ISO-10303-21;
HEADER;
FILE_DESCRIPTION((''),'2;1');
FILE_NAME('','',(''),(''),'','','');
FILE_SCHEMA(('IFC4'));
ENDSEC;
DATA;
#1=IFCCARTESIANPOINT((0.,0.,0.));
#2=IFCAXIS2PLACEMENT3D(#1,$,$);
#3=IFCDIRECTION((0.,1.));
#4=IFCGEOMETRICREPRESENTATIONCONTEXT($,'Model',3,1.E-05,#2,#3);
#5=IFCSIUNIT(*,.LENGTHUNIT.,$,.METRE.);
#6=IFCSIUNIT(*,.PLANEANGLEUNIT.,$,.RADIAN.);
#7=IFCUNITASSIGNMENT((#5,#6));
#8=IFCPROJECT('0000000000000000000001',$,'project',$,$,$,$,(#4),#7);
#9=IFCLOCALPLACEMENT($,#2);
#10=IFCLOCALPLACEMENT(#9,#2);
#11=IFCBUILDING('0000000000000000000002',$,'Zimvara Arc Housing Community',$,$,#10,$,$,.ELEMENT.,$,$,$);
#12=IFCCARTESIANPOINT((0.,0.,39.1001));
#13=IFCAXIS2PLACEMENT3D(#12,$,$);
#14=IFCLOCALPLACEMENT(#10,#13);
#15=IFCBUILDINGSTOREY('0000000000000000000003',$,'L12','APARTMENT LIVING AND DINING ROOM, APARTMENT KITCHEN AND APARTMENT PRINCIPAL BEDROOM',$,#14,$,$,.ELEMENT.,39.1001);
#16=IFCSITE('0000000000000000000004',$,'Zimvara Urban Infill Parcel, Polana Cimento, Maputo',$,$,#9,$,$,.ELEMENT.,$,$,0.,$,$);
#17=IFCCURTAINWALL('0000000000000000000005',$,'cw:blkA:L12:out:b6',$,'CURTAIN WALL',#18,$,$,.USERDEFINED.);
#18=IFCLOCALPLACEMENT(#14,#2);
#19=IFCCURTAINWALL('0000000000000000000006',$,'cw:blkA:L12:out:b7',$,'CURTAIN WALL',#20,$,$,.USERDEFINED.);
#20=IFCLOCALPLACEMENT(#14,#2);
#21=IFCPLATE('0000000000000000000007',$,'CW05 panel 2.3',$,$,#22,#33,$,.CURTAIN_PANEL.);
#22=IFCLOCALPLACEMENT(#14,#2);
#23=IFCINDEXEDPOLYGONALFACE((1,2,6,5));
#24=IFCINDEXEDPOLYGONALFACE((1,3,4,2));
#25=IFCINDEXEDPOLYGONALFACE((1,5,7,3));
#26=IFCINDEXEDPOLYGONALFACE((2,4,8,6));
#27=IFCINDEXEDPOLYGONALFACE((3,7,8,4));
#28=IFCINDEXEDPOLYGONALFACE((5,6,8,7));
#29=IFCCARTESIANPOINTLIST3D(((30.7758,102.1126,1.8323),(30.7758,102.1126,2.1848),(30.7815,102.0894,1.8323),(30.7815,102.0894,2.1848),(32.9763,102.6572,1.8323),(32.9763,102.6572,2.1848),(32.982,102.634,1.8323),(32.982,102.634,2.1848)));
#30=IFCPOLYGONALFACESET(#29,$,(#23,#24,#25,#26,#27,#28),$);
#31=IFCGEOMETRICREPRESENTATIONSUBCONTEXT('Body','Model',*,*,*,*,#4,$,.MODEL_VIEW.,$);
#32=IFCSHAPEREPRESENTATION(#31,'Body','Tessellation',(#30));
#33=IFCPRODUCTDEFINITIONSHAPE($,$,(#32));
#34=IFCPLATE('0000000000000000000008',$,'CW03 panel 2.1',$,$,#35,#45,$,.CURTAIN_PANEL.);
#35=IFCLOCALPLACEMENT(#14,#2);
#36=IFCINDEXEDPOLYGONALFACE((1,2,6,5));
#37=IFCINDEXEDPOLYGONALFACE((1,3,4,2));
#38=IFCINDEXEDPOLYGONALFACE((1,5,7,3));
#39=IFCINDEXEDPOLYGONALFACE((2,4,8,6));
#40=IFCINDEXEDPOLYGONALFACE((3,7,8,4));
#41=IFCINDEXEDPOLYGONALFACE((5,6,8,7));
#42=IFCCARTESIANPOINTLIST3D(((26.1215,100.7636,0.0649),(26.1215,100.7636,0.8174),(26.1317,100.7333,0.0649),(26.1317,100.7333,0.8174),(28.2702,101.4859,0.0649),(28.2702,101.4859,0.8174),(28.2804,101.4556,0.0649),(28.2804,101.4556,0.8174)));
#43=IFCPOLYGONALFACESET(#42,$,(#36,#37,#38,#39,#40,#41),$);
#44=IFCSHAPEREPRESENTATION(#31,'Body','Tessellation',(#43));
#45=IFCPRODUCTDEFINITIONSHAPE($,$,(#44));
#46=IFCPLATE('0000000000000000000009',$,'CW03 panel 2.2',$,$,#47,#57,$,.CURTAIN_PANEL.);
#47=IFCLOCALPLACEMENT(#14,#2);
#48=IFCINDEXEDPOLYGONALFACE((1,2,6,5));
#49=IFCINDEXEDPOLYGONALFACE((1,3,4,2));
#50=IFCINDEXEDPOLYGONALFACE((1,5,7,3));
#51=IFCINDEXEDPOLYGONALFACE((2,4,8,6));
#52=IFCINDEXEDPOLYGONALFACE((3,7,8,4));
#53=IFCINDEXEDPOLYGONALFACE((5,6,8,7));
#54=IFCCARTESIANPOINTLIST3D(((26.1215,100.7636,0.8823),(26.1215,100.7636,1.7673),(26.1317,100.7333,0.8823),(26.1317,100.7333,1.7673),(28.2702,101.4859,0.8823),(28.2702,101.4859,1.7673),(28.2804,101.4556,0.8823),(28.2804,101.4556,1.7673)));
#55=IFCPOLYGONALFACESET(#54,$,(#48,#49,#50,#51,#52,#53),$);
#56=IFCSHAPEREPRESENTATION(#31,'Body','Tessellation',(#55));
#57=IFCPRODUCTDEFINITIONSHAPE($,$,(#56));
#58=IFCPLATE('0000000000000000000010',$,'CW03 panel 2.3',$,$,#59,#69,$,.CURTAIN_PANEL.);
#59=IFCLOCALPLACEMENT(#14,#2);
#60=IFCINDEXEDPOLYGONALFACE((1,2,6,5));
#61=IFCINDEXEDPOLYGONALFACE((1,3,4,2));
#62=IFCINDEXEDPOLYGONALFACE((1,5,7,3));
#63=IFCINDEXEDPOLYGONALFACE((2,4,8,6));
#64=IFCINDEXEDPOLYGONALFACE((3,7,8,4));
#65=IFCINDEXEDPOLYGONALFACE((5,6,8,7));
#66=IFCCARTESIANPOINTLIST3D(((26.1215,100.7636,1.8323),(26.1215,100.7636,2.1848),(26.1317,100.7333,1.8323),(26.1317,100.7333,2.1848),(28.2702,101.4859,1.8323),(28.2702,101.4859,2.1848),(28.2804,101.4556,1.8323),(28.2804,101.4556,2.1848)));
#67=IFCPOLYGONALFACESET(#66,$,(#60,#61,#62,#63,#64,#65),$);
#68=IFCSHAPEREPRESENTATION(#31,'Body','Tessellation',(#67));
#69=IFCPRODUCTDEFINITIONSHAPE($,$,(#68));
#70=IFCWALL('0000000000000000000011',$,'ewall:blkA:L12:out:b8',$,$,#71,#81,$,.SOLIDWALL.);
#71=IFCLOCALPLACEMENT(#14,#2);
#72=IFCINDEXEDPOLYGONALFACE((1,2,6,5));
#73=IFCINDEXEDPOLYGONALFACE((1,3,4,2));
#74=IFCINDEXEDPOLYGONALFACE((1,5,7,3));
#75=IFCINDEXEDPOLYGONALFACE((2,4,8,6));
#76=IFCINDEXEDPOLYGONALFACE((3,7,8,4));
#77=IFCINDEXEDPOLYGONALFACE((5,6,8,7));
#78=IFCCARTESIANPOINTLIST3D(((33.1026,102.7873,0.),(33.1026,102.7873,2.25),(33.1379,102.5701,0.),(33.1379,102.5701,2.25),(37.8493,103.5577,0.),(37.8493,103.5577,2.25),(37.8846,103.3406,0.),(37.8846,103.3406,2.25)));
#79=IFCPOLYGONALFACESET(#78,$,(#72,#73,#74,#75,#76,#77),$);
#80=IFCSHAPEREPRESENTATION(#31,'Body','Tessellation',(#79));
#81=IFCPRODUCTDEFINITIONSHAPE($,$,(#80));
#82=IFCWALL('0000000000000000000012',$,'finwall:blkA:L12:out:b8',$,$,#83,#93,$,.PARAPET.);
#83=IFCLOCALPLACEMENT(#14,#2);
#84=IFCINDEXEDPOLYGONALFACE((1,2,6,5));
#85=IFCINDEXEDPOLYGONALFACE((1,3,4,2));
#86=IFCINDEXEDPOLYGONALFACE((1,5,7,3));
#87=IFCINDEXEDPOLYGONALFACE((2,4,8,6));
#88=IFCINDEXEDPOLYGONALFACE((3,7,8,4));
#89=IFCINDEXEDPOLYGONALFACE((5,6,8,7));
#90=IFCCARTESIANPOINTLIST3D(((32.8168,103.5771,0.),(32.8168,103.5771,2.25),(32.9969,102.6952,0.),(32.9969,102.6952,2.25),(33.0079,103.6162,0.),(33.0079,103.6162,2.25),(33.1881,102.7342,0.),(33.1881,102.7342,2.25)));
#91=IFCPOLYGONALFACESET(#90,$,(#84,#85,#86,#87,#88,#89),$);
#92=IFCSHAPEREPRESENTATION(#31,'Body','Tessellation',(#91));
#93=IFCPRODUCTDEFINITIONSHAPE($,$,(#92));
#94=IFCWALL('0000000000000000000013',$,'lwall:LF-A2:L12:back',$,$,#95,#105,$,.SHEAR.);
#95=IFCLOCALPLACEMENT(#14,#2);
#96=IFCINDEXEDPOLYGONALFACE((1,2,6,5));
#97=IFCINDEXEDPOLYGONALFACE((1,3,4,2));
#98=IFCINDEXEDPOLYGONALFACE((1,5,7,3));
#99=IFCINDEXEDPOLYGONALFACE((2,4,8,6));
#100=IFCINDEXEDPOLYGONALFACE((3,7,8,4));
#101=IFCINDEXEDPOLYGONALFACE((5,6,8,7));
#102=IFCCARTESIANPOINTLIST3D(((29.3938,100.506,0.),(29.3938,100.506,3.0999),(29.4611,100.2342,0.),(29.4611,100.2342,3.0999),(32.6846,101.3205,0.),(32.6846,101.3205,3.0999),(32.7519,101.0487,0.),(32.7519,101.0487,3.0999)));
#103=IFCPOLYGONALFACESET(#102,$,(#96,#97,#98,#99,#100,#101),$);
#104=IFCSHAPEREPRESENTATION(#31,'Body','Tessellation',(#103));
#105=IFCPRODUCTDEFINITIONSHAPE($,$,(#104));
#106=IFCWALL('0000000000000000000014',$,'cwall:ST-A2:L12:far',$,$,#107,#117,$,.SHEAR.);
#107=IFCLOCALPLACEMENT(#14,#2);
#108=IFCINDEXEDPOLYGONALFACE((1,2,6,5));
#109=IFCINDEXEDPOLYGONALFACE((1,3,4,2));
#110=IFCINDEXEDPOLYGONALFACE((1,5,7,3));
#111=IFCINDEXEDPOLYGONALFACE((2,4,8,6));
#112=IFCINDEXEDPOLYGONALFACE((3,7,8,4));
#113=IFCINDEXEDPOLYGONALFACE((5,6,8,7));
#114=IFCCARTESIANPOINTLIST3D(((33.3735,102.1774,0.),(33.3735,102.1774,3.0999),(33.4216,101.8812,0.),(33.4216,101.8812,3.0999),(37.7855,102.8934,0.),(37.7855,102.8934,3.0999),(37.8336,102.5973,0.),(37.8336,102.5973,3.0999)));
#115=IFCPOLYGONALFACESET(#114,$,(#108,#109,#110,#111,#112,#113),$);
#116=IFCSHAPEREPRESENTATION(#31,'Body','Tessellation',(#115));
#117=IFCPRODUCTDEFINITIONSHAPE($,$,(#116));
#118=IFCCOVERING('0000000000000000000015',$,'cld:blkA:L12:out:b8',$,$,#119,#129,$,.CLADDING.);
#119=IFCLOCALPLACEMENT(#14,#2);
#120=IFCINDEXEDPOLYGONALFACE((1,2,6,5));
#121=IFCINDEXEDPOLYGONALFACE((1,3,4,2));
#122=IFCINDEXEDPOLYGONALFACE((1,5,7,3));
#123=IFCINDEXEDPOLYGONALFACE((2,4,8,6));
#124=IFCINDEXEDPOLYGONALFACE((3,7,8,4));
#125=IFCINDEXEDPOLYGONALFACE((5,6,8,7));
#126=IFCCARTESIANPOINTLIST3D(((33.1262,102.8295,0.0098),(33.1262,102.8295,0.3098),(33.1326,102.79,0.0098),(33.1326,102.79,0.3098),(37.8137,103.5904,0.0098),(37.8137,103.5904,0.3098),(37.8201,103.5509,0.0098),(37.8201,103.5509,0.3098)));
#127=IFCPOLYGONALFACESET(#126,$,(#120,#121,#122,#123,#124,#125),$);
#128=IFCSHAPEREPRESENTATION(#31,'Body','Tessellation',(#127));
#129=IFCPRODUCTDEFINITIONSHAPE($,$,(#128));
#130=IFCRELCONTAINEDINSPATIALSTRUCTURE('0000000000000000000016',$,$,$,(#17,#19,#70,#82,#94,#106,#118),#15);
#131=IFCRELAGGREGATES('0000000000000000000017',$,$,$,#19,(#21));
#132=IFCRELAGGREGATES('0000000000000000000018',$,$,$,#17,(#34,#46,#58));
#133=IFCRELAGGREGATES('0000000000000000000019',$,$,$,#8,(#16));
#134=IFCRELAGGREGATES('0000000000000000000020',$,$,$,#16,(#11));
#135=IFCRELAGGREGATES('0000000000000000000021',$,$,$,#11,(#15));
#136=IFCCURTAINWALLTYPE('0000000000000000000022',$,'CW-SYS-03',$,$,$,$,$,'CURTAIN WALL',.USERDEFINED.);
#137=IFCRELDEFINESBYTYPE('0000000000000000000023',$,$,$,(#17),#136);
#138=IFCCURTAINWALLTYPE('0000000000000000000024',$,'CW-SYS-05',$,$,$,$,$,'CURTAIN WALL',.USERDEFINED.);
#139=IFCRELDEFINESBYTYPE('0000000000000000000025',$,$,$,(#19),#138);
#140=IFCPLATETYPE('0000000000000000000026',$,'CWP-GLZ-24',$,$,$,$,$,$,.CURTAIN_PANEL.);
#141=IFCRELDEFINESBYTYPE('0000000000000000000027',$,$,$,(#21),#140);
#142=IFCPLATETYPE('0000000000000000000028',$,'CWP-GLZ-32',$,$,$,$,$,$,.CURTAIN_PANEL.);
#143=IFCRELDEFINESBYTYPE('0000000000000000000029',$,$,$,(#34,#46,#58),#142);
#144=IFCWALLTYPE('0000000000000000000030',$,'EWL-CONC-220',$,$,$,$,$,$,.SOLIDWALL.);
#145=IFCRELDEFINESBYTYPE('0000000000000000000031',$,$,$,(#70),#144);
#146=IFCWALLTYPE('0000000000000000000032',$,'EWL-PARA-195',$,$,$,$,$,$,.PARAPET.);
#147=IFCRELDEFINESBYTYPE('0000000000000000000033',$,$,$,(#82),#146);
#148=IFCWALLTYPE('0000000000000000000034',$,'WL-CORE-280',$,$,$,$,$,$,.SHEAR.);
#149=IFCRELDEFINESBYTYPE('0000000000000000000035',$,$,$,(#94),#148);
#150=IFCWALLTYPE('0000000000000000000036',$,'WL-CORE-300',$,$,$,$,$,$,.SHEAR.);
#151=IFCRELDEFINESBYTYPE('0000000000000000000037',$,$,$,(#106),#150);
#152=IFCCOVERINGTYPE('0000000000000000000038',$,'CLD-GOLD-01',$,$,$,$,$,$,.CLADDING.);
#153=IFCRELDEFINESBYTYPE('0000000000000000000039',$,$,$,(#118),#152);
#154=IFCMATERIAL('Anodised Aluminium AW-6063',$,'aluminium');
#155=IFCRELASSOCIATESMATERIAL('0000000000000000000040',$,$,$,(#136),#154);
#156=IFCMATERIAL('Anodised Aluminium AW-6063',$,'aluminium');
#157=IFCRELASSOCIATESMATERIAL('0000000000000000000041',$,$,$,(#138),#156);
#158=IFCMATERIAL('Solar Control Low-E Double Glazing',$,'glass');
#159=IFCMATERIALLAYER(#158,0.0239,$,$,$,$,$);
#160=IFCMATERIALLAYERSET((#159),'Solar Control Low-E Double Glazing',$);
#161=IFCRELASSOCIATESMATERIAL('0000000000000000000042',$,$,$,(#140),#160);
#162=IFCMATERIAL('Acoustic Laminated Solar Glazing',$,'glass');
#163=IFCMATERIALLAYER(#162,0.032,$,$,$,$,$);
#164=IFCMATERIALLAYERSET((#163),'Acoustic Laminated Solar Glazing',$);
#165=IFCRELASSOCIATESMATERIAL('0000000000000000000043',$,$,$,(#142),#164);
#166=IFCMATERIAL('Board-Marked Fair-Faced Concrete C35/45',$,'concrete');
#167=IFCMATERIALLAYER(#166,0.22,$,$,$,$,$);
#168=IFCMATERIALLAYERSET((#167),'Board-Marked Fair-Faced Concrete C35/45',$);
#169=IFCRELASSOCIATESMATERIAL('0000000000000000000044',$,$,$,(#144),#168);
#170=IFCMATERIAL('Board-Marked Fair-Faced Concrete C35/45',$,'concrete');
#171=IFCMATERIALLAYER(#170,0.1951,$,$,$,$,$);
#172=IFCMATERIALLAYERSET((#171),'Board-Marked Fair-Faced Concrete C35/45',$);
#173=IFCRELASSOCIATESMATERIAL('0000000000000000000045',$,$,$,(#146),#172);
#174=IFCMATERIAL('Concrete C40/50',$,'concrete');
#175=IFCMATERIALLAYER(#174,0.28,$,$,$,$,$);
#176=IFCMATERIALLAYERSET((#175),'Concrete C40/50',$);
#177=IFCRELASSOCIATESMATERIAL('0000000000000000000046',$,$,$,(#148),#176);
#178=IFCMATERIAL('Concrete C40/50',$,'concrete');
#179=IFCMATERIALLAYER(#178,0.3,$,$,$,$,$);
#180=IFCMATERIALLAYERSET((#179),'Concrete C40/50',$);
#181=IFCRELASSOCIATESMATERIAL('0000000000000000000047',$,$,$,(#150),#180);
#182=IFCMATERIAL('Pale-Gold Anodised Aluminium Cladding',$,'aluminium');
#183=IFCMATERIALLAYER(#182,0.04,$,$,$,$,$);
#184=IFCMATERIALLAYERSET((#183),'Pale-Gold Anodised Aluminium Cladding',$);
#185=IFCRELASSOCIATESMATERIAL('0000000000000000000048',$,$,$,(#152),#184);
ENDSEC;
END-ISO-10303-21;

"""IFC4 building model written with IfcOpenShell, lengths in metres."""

from ifc_helpers import new_model, si_unit, direction, frame, frame_2d, origin, origin_2d, place, context, subcontext, project, spatial, rectangle, extrude, material, layer, layer_set, type_object, element, aggregate, save


model = new_model("IFC4")

# Units and contexts
model_context = context("Model", 3, precision=1e-05, world=origin(), true_north=direction((0.0, 1.0)))
body_context = subcontext(model_context, "Body", "Model", "MODEL_VIEW")
ifc_project = project(units=[si_unit("LENGTHUNIT", "METRE"), si_unit("PLANEANGLEUNIT", "RADIAN")], contexts=[model_context])

# Site, building, storey
site_placement = place(None, origin())
site = spatial("IfcSite", under=ifc_project, at=site_placement, Name="Zimvara Urban Infill Parcel, Polana Cimento, Maputo", CompositionType="ELEMENT", RefElevation=0.0)
building_placement = place(site_placement, origin())
building = spatial("IfcBuilding", under=site, at=building_placement, Name="Zimvara Arc Housing Community", CompositionType="ELEMENT")
storey_placement = place(building_placement, frame((0.0, 0.0, 39.1001)))
storey = spatial("IfcBuildingStorey", under=building, at=storey_placement, Name="L12", Description="APARTMENT LIVING AND DINING ROOM, APARTMENT KITCHEN AND APARTMENT PRINCIPAL BEDROOM", CompositionType="ELEMENT", Elevation=39.1001)

# Curtain walls
ifc_material_1 = material(Name="Anodised Aluminium AW-6063", Category="aluminium")
curtain_wall_type_1 = type_object("IfcCurtainWallType", Name="CW-SYS-03", ElementType="CURTAIN WALL", PredefinedType="USERDEFINED", material=ifc_material_1)
curtain_wall_1_placement = place(storey_placement, origin())
curtain_wall_1 = element("IfcCurtainWall", 1, at=curtain_wall_1_placement, inside=storey, type_object=curtain_wall_type_1, Name="cw:blkA:L12:out:b6", ObjectType="CURTAIN WALL", PredefinedType="USERDEFINED")
ifc_material_2 = material(Name="Anodised Aluminium AW-6063", Category="aluminium")
curtain_wall_type_2 = type_object("IfcCurtainWallType", Name="CW-SYS-05", ElementType="CURTAIN WALL", PredefinedType="USERDEFINED", material=ifc_material_2)
curtain_wall_2_placement = place(storey_placement, origin())
curtain_wall_2 = element("IfcCurtainWall", 2, at=curtain_wall_2_placement, inside=storey, type_object=curtain_wall_type_2, Name="cw:blkA:L12:out:b7", ObjectType="CURTAIN WALL", PredefinedType="USERDEFINED")

# Plates
ifc_material_3 = material(Name="Solar Control Low-E Double Glazing", Category="glass")
ifc_layer_1 = layer(ifc_material_3, 0.0239)
ifc_layer_set_1 = layer_set([ifc_layer_1], Name="Solar Control Low-E Double Glazing")
plate_type_1 = type_object("IfcPlateType", Name="CWP-GLZ-24", PredefinedType="CURTAIN_PANEL", material=ifc_layer_set_1)
plate_1_placement = place(storey_placement, frame((31.8789, 102.3733, 1.8323), z_axis=(0.0, 0.0, 1.0), x_axis=(0.970716, 0.24023, 0.0)))
plate_1 = element("IfcPlate", 3, at=plate_1_placement, type_object=plate_type_1, Name="CW05 panel 2.3", PredefinedType="CURTAIN_PANEL", context=body_context, shape_type="SweptSolid", body=[
    extrude(rectangle(XDim=2.2668, YDim=0.0239, at=origin_2d()), origin(), (0.0, 0.0, 1.0), 0.3525),
])
aggregate(curtain_wall_2, [plate_1])
ifc_material_4 = material(Name="Acoustic Laminated Solar Glazing", Category="glass")
ifc_layer_2 = layer(ifc_material_4, 0.032)
ifc_layer_set_2 = layer_set([ifc_layer_2], Name="Acoustic Laminated Solar Glazing")
plate_type_2 = type_object("IfcPlateType", Name="CWP-GLZ-32", PredefinedType="CURTAIN_PANEL", material=ifc_layer_set_2)
plate_2_placement = place(storey_placement, frame((27.2009, 101.1096, 0.0649), z_axis=(0.0, 0.0, 1.0), x_axis=(0.94788, 0.318629, 0.0)))
plate_2 = element("IfcPlate", 4, at=plate_2_placement, type_object=plate_type_2, Name="CW03 panel 2.1", PredefinedType="CURTAIN_PANEL", context=body_context, shape_type="SweptSolid", body=[
    extrude(rectangle(XDim=2.2668, YDim=0.032, at=origin_2d()), origin(), (0.0, 0.0, 1.0), 0.7524),
])
plate_3_placement = place(storey_placement, frame((27.2009, 101.1096, 0.8823), z_axis=(0.0, 0.0, 1.0), x_axis=(0.94788, 0.318629, 0.0)))
plate_3 = element("IfcPlate", 5, at=plate_3_placement, type_object=plate_type_2, Name="CW03 panel 2.2", PredefinedType="CURTAIN_PANEL", context=body_context, shape_type="SweptSolid", body=[
    extrude(rectangle(XDim=2.2668, YDim=0.032, at=origin_2d()), origin(), (0.0, 0.0, 1.0), 0.885),
])
plate_4_placement = place(storey_placement, frame((27.2009, 101.1096, 1.8323), z_axis=(0.0, 0.0, 1.0), x_axis=(0.94788, 0.318629, 0.0)))
plate_4 = element("IfcPlate", 6, at=plate_4_placement, type_object=plate_type_2, Name="CW03 panel 2.3", PredefinedType="CURTAIN_PANEL", context=body_context, shape_type="SweptSolid", body=[
    extrude(rectangle(XDim=2.2668, YDim=0.032, at=origin_2d()), origin(), (0.0, 0.0, 1.0), 0.3525),
])
aggregate(curtain_wall_1, [plate_2, plate_3, plate_4])

# Walls
ifc_material_5 = material(Name="Board-Marked Fair-Faced Concrete C35/45", Category="concrete")
ifc_layer_3 = layer(ifc_material_5, 0.22)
ifc_layer_set_3 = layer_set([ifc_layer_3], Name="Board-Marked Fair-Faced Concrete C35/45")
wall_type_1 = type_object("IfcWallType", Name="EWL-CONC-220", PredefinedType="SOLIDWALL", material=ifc_layer_set_3)
wall_1_placement = place(storey_placement, frame((33.1204, 102.6787, 0.0), z_axis=(0.0, 0.0, 1.0), x_axis=(0.987081, 0.160224, 0.0)))
element("IfcWall", 7, at=wall_1_placement, inside=storey, type_object=wall_type_1, Name="ewall:blkA:L12:out:b8", PredefinedType="SOLIDWALL", context=body_context, shape_type="SweptSolid", body=[
    extrude(rectangle(XDim=4.8088, YDim=0.22, at=frame_2d((2.4043, 0.0))), origin(), (0.0, 0.0, 1.0), 2.25),
])
ifc_material_6 = material(Name="Board-Marked Fair-Faced Concrete C35/45", Category="concrete")
ifc_layer_4 = layer(ifc_material_6, 0.1951)
ifc_layer_set_4 = layer_set([ifc_layer_4], Name="Board-Marked Fair-Faced Concrete C35/45")
wall_type_2 = type_object("IfcWallType", Name="EWL-PARA-195", PredefinedType="PARAPET", material=ifc_layer_set_4)
wall_2_placement = place(storey_placement, frame((33.0925, 102.7146, 0.0), z_axis=(0.0, 0.0, 1.0), x_axis=(-0.200183, 0.979758, 0.0)))
element("IfcWall", 8, at=wall_2_placement, inside=storey, type_object=wall_type_2, Name="finwall:blkA:L12:out:b8", PredefinedType="PARAPET", context=body_context, shape_type="SweptSolid", body=[
    extrude(rectangle(XDim=0.9001, YDim=0.1951, at=frame_2d((0.4502, 0.0))), origin(), (0.0, 0.0, 1.0), 2.25),
])
ifc_material_7 = material(Name="Concrete C40/50", Category="concrete")
ifc_layer_5 = layer(ifc_material_7, 0.28)
ifc_layer_set_5 = layer_set([ifc_layer_5], Name="Concrete C40/50")
wall_type_3 = type_object("IfcWallType", Name="WL-CORE-280", PredefinedType="SHEAR", material=ifc_layer_set_5)
wall_3_placement = place(storey_placement, frame((32.7183, 101.1846, 0.0), z_axis=(0.0, 0.0, 1.0), x_axis=(-0.970712, -0.240247, 0.0)))
element("IfcWall", 9, at=wall_3_placement, inside=storey, type_object=wall_type_3, Name="lwall:LF-A2:L12:back", PredefinedType="SHEAR", context=body_context, shape_type="SweptSolid", body=[
    extrude(rectangle(XDim=3.3901, YDim=0.28, at=frame_2d((1.6951, 0.0))), origin(), (0.0, 0.0, 1.0), 3.0999),
])
ifc_material_8 = material(Name="Concrete C40/50", Category="concrete")
ifc_layer_6 = layer(ifc_material_8, 0.3)
ifc_layer_set_6 = layer_set([ifc_layer_6], Name="Concrete C40/50")
wall_type_4 = type_object("IfcWallType", Name="WL-CORE-300", PredefinedType="SHEAR", material=ifc_layer_set_6)
wall_4_placement = place(storey_placement, frame((37.8096, 102.7454, 0.0), z_axis=(0.0, 0.0, 1.0), x_axis=(-0.987085, -0.160199, 0.0)))
element("IfcWall", 10, at=wall_4_placement, inside=storey, type_object=wall_type_4, Name="cwall:ST-A2:L12:far", PredefinedType="SHEAR", context=body_context, shape_type="SweptSolid", body=[
    extrude(rectangle(XDim=4.4697, YDim=0.3, at=frame_2d((2.2349, 0.0))), origin(), (0.0, 0.0, 1.0), 3.0999),
])

# Covering
ifc_material_9 = material(Name="Pale-Gold Anodised Aluminium Cladding", Category="aluminium")
ifc_layer_7 = layer(ifc_material_9, 0.04)
ifc_layer_set_7 = layer_set([ifc_layer_7], Name="Pale-Gold Anodised Aluminium Cladding")
covering_type = type_object("IfcCoveringType", Name="CLD-GOLD-01", PredefinedType="CLADDING", material=ifc_layer_set_7)
covering_placement = place(storey_placement, frame((35.4731, 103.1902, 0.0098), z_axis=(0.0, 0.0, 1.0), x_axis=(0.98708, 0.160226, 0.0)))
element("IfcCovering", 11, at=covering_placement, inside=storey, type_object=covering_type, Name="cld:blkA:L12:out:b8", PredefinedType="CLADDING", context=body_context, shape_type="SweptSolid", body=[
    extrude(rectangle(XDim=4.7488, YDim=0.04, at=origin_2d()), origin(), (0.0, 0.0, 1.0), 0.3),
])

save(model, "model.ifc")
